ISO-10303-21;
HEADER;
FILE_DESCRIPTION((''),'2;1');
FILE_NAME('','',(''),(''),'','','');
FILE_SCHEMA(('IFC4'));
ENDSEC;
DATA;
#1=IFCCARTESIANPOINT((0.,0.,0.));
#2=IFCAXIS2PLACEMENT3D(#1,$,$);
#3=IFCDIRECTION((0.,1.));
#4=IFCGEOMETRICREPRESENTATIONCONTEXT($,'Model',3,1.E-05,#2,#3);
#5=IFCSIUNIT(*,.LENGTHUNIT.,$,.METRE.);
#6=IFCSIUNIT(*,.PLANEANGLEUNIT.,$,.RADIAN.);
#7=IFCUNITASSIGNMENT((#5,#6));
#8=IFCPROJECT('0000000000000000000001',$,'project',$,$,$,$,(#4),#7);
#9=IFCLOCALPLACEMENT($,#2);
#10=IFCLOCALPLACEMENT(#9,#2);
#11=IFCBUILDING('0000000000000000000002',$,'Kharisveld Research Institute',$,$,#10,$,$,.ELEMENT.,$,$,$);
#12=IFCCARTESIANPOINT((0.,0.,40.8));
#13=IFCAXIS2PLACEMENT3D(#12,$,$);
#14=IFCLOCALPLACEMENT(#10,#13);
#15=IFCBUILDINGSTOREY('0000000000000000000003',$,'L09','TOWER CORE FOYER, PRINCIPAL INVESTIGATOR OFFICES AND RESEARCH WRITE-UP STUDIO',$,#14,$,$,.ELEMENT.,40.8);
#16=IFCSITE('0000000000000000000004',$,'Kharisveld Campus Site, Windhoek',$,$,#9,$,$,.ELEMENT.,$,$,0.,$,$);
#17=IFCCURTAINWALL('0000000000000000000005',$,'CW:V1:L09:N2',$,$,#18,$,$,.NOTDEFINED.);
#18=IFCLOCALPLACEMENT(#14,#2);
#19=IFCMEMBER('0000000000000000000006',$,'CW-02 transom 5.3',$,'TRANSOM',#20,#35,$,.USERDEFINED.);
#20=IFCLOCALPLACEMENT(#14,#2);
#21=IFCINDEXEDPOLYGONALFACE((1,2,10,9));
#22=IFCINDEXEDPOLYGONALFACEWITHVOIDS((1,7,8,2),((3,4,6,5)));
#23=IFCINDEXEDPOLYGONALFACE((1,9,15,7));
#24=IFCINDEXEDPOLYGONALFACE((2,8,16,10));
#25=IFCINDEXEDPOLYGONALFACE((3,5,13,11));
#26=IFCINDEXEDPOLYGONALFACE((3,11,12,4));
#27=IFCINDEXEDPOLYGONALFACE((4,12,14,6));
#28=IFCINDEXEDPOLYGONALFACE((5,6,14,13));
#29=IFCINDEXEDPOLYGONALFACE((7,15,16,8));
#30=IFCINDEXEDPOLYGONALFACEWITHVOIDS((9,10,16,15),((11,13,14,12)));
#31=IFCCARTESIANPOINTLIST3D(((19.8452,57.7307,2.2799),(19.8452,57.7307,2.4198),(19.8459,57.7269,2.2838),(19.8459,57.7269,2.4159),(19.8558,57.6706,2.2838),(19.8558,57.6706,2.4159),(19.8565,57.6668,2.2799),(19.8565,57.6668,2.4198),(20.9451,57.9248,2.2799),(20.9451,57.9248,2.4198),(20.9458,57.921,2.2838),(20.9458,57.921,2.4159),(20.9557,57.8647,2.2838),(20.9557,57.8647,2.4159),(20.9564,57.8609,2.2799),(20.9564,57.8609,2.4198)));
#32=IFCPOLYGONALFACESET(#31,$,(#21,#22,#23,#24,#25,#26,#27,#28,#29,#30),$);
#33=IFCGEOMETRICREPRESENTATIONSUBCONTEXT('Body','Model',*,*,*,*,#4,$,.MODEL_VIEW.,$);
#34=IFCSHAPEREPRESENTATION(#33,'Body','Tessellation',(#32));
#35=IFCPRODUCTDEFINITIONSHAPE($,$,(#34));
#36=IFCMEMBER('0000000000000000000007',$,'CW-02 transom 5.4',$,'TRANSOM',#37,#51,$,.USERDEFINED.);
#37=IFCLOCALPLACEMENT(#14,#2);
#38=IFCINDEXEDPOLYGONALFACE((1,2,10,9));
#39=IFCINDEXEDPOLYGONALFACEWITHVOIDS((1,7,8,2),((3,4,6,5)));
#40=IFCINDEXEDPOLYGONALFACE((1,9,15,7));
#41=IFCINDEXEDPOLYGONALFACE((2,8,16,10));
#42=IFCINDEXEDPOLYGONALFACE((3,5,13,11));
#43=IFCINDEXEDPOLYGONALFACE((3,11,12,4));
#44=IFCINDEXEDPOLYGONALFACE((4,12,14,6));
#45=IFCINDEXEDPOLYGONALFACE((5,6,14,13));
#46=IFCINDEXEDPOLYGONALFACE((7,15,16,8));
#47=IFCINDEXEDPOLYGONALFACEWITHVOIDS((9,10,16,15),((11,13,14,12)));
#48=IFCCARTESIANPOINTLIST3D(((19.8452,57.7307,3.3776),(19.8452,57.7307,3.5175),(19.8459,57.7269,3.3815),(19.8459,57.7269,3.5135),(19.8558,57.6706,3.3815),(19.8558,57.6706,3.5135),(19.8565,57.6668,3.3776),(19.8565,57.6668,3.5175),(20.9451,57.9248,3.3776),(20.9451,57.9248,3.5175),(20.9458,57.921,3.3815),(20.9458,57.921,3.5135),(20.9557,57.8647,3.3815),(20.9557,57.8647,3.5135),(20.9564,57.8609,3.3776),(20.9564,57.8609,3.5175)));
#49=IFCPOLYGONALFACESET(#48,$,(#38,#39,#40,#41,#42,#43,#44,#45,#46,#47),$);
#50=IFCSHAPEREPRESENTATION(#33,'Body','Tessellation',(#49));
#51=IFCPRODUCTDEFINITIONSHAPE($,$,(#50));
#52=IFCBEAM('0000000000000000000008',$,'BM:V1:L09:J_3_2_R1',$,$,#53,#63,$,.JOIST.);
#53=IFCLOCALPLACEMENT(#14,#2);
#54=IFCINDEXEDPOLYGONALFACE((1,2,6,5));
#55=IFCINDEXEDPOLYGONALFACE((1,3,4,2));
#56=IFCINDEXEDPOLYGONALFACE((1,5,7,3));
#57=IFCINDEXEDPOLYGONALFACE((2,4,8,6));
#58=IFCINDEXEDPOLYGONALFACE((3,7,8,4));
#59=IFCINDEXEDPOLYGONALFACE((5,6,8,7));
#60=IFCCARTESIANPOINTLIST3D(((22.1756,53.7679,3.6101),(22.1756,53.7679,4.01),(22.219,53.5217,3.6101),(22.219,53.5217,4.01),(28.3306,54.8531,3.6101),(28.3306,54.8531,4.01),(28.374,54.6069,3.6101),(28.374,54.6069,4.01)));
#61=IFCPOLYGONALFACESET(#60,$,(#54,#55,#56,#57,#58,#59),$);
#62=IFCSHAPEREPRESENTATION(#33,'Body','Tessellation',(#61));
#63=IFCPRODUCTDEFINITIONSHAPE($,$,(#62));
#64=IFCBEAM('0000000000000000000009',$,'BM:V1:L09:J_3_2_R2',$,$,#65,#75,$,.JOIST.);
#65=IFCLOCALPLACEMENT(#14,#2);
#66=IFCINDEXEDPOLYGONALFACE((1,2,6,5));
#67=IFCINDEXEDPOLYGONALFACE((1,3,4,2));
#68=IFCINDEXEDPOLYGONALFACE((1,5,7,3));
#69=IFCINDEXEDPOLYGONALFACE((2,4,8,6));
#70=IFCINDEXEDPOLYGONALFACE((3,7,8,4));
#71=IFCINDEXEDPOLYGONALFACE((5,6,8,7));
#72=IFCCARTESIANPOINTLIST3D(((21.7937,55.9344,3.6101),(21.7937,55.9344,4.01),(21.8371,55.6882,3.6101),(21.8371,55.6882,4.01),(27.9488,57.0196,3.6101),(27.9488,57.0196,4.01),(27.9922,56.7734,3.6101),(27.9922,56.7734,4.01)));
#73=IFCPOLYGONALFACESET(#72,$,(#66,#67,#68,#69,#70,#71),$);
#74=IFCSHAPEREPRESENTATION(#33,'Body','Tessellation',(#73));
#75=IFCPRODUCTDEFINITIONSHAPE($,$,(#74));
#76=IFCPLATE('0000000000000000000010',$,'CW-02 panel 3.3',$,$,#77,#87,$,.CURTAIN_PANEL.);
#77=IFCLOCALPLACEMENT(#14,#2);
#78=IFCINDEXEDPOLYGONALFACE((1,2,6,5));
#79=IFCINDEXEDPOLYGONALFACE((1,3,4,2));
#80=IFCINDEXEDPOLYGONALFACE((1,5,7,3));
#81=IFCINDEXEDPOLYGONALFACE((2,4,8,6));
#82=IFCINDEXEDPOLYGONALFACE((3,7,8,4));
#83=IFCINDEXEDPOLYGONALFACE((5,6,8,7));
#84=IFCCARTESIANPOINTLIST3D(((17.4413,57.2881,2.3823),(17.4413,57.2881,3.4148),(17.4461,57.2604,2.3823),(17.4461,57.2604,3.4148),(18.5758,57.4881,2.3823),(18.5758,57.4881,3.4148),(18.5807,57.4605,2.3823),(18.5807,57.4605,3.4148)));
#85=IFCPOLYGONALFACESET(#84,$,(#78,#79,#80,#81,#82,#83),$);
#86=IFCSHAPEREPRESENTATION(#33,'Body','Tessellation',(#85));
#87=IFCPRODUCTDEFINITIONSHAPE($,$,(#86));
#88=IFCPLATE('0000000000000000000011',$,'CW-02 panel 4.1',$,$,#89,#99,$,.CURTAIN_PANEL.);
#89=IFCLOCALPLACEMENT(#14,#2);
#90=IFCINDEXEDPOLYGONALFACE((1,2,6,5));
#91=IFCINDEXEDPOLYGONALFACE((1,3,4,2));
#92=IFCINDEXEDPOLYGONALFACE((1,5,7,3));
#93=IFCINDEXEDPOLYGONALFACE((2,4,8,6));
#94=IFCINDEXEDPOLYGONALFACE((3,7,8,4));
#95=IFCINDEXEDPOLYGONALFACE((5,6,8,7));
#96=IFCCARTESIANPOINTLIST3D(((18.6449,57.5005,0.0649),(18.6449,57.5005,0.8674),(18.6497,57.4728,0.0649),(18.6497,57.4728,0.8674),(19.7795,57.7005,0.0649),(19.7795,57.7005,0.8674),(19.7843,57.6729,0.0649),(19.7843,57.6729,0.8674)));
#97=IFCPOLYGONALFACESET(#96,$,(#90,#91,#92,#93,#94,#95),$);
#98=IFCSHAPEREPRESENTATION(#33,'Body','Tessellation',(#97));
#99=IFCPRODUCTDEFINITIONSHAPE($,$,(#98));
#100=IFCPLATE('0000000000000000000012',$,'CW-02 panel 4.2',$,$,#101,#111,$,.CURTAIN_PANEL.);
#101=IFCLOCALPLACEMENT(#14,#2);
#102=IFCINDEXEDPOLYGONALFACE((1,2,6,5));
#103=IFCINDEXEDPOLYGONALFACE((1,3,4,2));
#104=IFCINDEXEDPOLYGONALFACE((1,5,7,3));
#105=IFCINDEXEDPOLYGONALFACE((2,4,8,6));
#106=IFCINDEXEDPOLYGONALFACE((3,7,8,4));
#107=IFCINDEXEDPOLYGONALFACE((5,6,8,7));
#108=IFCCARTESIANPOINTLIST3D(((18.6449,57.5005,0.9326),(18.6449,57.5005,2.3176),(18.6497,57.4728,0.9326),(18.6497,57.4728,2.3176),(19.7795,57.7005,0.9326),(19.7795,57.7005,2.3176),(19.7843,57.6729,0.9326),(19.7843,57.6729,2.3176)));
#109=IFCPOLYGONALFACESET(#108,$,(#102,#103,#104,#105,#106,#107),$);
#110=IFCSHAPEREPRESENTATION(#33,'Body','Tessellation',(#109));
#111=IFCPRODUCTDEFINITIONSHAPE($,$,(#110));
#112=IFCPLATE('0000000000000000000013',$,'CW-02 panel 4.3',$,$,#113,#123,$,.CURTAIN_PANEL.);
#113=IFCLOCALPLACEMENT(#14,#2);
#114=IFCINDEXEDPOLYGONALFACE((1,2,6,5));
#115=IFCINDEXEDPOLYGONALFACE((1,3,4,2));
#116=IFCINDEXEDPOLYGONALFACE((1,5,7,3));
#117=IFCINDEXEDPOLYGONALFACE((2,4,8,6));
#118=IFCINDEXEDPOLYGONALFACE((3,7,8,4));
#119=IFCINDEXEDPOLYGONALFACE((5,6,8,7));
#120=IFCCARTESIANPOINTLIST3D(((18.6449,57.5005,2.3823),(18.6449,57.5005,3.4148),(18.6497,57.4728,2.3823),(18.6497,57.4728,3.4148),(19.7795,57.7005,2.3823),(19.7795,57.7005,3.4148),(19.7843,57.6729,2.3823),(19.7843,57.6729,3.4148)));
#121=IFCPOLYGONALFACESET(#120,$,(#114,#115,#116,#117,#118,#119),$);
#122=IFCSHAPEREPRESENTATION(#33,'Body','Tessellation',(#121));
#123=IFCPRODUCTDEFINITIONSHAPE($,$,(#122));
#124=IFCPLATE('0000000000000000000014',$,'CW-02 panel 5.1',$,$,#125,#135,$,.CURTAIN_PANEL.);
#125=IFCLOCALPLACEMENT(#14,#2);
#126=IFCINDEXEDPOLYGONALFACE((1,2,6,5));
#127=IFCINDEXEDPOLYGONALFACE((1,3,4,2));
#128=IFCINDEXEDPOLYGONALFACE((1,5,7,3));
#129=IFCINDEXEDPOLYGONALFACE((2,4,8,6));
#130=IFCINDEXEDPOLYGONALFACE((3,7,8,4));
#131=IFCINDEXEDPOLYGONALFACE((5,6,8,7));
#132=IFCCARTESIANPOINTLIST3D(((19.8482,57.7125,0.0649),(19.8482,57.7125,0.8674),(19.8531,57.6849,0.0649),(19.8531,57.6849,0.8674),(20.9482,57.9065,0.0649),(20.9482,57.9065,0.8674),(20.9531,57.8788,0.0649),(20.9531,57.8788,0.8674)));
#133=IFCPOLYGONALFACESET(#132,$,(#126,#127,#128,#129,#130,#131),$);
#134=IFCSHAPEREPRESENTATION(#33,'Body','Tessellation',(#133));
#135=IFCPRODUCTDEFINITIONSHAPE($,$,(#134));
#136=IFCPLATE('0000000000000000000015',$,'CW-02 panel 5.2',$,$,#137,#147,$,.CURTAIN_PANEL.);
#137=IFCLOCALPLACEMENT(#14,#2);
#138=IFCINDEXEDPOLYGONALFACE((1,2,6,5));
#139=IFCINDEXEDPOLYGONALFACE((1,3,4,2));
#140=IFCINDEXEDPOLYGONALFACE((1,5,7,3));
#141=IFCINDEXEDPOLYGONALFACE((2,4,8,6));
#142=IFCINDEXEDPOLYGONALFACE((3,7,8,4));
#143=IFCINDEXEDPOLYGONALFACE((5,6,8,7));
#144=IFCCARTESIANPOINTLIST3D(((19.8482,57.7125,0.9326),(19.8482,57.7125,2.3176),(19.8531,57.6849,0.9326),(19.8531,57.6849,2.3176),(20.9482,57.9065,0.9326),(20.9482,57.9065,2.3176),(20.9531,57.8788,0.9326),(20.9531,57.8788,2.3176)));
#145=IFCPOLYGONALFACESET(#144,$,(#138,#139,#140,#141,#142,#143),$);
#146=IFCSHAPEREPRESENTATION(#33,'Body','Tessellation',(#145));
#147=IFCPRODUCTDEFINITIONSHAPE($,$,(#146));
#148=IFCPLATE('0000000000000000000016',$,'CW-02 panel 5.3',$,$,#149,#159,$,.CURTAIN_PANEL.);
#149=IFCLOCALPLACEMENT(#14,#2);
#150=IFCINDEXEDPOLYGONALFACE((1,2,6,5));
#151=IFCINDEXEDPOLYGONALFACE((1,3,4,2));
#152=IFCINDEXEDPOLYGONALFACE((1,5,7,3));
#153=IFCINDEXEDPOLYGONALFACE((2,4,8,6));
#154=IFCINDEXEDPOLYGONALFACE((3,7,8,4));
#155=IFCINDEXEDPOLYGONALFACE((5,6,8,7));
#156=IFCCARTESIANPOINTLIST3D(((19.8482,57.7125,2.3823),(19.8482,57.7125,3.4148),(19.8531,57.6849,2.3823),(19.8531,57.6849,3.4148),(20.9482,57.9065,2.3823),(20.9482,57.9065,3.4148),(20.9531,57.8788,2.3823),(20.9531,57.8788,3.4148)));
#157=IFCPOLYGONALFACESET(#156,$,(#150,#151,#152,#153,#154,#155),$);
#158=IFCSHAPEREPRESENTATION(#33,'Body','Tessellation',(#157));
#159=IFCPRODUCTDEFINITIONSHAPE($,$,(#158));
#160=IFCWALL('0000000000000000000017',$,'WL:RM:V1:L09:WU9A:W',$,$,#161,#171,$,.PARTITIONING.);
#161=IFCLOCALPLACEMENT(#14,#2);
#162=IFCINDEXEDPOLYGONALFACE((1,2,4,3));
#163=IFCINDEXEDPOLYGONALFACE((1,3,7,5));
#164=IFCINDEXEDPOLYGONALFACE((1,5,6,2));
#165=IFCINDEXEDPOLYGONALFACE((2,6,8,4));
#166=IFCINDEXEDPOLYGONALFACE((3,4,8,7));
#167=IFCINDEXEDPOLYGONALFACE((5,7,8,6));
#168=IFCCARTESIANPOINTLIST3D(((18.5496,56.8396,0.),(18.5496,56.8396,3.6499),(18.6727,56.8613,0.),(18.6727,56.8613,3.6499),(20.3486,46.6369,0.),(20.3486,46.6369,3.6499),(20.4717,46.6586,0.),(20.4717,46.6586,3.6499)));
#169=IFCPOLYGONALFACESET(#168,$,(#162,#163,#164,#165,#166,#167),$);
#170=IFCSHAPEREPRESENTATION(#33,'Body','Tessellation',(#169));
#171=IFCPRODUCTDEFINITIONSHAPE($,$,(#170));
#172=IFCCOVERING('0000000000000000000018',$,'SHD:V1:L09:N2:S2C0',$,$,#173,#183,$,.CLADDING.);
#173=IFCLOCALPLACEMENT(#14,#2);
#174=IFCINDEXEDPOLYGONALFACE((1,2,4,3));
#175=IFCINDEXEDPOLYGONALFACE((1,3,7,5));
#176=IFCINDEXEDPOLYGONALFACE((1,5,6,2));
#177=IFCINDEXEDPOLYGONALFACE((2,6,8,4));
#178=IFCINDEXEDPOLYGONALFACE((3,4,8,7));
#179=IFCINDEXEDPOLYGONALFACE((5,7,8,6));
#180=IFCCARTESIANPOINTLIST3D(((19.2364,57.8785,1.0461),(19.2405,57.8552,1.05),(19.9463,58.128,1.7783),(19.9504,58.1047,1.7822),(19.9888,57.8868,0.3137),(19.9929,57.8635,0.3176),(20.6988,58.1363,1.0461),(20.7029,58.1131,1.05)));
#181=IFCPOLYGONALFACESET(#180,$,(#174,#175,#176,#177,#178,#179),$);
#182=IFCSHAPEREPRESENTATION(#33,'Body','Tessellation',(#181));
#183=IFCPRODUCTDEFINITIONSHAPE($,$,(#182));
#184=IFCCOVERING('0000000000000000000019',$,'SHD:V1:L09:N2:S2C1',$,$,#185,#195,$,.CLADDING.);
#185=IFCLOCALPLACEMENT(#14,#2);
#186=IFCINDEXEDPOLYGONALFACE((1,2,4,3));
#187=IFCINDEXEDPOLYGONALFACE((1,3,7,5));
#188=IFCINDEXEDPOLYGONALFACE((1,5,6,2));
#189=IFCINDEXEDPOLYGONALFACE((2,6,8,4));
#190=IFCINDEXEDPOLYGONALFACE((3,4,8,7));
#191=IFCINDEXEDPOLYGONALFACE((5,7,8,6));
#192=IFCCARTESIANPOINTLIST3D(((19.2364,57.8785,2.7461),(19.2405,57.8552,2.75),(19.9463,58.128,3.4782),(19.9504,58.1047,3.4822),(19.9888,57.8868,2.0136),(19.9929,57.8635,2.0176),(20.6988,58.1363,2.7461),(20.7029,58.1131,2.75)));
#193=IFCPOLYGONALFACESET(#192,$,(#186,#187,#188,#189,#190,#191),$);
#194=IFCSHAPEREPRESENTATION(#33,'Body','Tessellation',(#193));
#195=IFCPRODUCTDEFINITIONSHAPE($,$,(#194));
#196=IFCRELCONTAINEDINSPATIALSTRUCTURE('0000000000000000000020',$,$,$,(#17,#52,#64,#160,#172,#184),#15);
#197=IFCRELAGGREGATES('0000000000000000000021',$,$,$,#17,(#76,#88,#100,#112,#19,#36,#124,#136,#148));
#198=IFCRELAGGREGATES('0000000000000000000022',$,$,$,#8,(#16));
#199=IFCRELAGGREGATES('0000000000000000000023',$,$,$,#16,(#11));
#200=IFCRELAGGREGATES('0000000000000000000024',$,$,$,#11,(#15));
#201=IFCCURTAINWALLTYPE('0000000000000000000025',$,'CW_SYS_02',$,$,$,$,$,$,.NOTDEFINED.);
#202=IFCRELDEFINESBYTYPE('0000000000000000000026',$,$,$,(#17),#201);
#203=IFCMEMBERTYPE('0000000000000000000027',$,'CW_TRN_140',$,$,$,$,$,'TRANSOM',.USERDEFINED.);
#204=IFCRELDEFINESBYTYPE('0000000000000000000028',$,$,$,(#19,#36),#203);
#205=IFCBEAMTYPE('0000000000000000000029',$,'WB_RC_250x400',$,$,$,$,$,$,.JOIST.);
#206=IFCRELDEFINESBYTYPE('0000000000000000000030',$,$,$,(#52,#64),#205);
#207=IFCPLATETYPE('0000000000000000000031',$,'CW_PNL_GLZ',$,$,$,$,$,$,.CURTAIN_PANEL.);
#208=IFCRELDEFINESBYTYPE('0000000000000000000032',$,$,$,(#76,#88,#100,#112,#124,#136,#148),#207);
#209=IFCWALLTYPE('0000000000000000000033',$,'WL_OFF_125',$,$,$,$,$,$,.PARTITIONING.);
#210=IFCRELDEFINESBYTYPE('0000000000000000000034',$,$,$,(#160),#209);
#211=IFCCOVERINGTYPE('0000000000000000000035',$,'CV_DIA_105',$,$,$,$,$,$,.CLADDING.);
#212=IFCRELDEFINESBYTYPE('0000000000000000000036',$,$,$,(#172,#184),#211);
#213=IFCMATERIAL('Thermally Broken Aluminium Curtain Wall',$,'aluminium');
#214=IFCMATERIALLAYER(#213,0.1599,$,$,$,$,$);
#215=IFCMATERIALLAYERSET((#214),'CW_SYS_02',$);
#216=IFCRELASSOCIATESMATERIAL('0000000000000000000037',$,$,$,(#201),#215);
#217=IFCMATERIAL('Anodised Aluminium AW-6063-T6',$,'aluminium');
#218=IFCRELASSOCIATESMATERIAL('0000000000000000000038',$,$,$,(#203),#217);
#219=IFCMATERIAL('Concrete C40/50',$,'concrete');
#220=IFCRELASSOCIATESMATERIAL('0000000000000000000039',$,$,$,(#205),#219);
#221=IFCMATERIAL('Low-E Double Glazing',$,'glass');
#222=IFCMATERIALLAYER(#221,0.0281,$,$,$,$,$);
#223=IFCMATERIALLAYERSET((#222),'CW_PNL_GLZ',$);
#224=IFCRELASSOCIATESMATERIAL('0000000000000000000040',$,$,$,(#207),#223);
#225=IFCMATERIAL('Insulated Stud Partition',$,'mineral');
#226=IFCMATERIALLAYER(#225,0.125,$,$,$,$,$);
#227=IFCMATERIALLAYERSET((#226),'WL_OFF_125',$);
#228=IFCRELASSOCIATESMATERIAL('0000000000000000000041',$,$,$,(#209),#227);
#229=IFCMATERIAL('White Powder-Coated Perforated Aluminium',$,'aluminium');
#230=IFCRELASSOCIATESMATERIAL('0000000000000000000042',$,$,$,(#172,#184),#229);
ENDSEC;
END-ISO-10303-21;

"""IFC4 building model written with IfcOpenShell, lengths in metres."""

from ifc_helpers import new_model, si_unit, direction, frame, frame_2d, origin, origin_2d, place, context, subcontext, project, spatial, polyline, rectangle, hollow_rectangle, outline, extrude, material, layer, layer_set, material_profile, profile_set, type_object, element, aggregate, save


model = new_model("IFC4")

# Units and contexts
model_context = context("Model", 3, precision=1e-05, world=origin(), true_north=direction((0.0, 1.0)))
body_context = subcontext(model_context, "Body", "Model", "MODEL_VIEW")
ifc_project = project(units=[si_unit("LENGTHUNIT", "METRE"), si_unit("PLANEANGLEUNIT", "RADIAN")], contexts=[model_context])

# Site, building, storey
site_placement = place(None, origin())
site = spatial("IfcSite", under=ifc_project, at=site_placement, Name="Kharisveld Campus Site, Windhoek", CompositionType="ELEMENT", RefElevation=0.0)
building_placement = place(site_placement, origin())
building = spatial("IfcBuilding", under=site, at=building_placement, Name="Kharisveld Research Institute", CompositionType="ELEMENT")
storey_placement = place(building_placement, frame((0.0, 0.0, 40.8)))
storey = spatial("IfcBuildingStorey", under=building, at=storey_placement, Name="L09", Description="TOWER CORE FOYER, PRINCIPAL INVESTIGATOR OFFICES AND RESEARCH WRITE-UP STUDIO", CompositionType="ELEMENT", Elevation=40.8)

# Curtain wall, members
ifc_material_1 = material(Name="Thermally Broken Aluminium Curtain Wall", Category="aluminium")
ifc_layer_1 = layer(ifc_material_1, 0.1599)
ifc_layer_set_1 = layer_set([ifc_layer_1], Name="CW_SYS_02")
curtain_wall_type = type_object("IfcCurtainWallType", Name="CW_SYS_02", PredefinedType="NOTDEFINED", material=ifc_layer_set_1)
curtain_wall_placement = place(storey_placement, origin())
curtain_wall = element("IfcCurtainWall", 1, at=curtain_wall_placement, inside=storey, type_object=curtain_wall_type, Name="CW:V1:L09:N2", PredefinedType="NOTDEFINED")
ifc_material_2 = material(Name="Anodised Aluminium AW-6063-T6", Category="aluminium")
ifc_material_profile_1 = material_profile(ifc_material_2, hollow_rectangle(XDim=0.0649, YDim=0.1399, WallThickness=0.0039, at=origin_2d()))
ifc_profile_set_1 = profile_set([ifc_material_profile_1], Name="Anodised Aluminium AW-6063-T6")
member_type_1 = type_object("IfcMemberType", Name="CW_TRN_140", ElementType="TRANSOM", PredefinedType="USERDEFINED", material=ifc_profile_set_1)
member_1_placement = place(storey_placement, frame((19.8508, 57.6987, 2.3499), z_axis=(0.984784, 0.173785, 0.0), x_axis=(-0.173785, 0.984784, 0.0)))
member_1 = element("IfcMember", 2, at=member_1_placement, type_object=member_type_1, Name="CW-02 transom 5.3", ObjectType="TRANSOM", PredefinedType="USERDEFINED", context=body_context, shape_type="SweptSolid", body=[
    extrude(hollow_rectangle(XDim=0.0649, YDim=0.1399, WallThickness=0.0039, at=origin_2d()), origin(), (0.0, 0.0, 1.0), 1.1169),
])
member_2_placement = place(storey_placement, frame((19.8508, 57.6987, 3.4475), z_axis=(0.984784, 0.173785, 0.0), x_axis=(-0.173785, 0.984784, 0.0)))
member_2 = element("IfcMember", 3, at=member_2_placement, type_object=member_type_1, Name="CW-02 transom 5.4", ObjectType="TRANSOM", PredefinedType="USERDEFINED", context=body_context, shape_type="SweptSolid", body=[
    extrude(hollow_rectangle(XDim=0.0649, YDim=0.1399, WallThickness=0.0039, at=origin_2d()), origin(), (0.0, 0.0, 1.0), 1.1169),
])

# Beams
ifc_material_3 = material(Name="Concrete C40/50", Category="concrete")
ifc_material_profile_2 = material_profile(ifc_material_3, rectangle(XDim=0.25, YDim=0.3999, at=origin_2d()))
ifc_profile_set_2 = profile_set([ifc_material_profile_2], Name="Concrete C40/50")
beam_type_1 = type_object("IfcBeamType", Name="WB_RC_250x400", PredefinedType="JOIST", material=ifc_profile_set_2)
for number, where, z_axis, x_axis, name in (
    (4, (22.1973, 53.6448, 3.8101), (0.98481, 0.173634, 0.0), (-0.173634, 0.98481, 0.0), "BM:V1:L09:J_3_2_R1"),
    (5, (21.8154, 55.8113, 3.8101), (0.98481, 0.173634, 0.0), (-0.173634, 0.98481, 0.0), "BM:V1:L09:J_3_2_R2"),
):
    element("IfcBeam", number, at=place(storey_placement, frame(where, z_axis=z_axis, x_axis=x_axis)), inside=storey, type_object=beam_type_1, Name=name, PredefinedType="JOIST", context=body_context, shape_type="SweptSolid", body=[
        extrude(rectangle(XDim=0.25, YDim=0.3999, at=origin_2d()), origin(), (0.0, 0.0, 1.0), 6.25),
    ])

# Plates
ifc_material_4 = material(Name="Low-E Double Glazing", Category="glass")
ifc_layer_2 = layer(ifc_material_4, 0.0281)
ifc_layer_set_2 = layer_set([ifc_layer_2], Name="CW_PNL_GLZ")
plate_type = type_object("IfcPlateType", Name="CW_PNL_GLZ", PredefinedType="CURTAIN_PANEL", material=ifc_layer_set_2)
plate_1_placement = place(storey_placement, frame((18.011, 57.3743, 2.3823), z_axis=(0.0, 0.0, 1.0), x_axis=(0.984808, 0.173648, 0.0)))
plate_1 = element("IfcPlate", 6, at=plate_1_placement, type_object=plate_type, Name="CW-02 panel 3.3", PredefinedType="CURTAIN_PANEL", context=body_context, shape_type="SweptSolid", body=[
    extrude(rectangle(XDim=1.1521, YDim=0.0281, at=origin_2d()), origin(), (0.0, 0.0, 1.0), 1.0325),
])
plate_2_placement = place(storey_placement, frame((19.2146, 57.5867, 0.0649), z_axis=(0.0, 0.0, 1.0), x_axis=(0.984808, 0.173648, 0.0)))
plate_2 = element("IfcPlate", 7, at=plate_2_placement, type_object=plate_type, Name="CW-02 panel 4.1", PredefinedType="CURTAIN_PANEL", context=body_context, shape_type="SweptSolid", body=[
    extrude(rectangle(XDim=1.1521, YDim=0.0281, at=origin_2d()), origin(), (0.0, 0.0, 1.0), 0.8025),
])
plate_3_placement = place(storey_placement, frame((19.2146, 57.5867, 0.9326), z_axis=(0.0, 0.0, 1.0), x_axis=(0.984808, 0.173648, 0.0)))
plate_3 = element("IfcPlate", 8, at=plate_3_placement, type_object=plate_type, Name="CW-02 panel 4.2", PredefinedType="CURTAIN_PANEL", context=body_context, shape_type="SweptSolid", body=[
    extrude(rectangle(XDim=1.1521, YDim=0.0281, at=origin_2d()), origin(), (0.0, 0.0, 1.0), 1.385),
])
plate_4_placement = place(storey_placement, frame((19.2146, 57.5867, 2.3823), z_axis=(0.0, 0.0, 1.0), x_axis=(0.984808, 0.173648, 0.0)))
plate_4 = element("IfcPlate", 9, at=plate_4_placement, type_object=plate_type, Name="CW-02 panel 4.3", PredefinedType="CURTAIN_PANEL", context=body_context, shape_type="SweptSolid", body=[
    extrude(rectangle(XDim=1.1521, YDim=0.0281, at=origin_2d()), origin(), (0.0, 0.0, 1.0), 1.0325),
])
plate_5_placement = place(storey_placement, frame((20.4006, 57.7957, 0.0649), z_axis=(0.0, 0.0, 1.0), x_axis=(0.984808, 0.173648, 0.0)))
plate_5 = element("IfcPlate", 10, at=plate_5_placement, type_object=plate_type, Name="CW-02 panel 5.1", PredefinedType="CURTAIN_PANEL", context=body_context, shape_type="SweptSolid", body=[
    extrude(rectangle(XDim=1.1169, YDim=0.0281, at=origin_2d()), origin(), (0.0, 0.0, 1.0), 0.8025),
])
plate_6_placement = place(storey_placement, frame((20.4006, 57.7957, 0.9326), z_axis=(0.0, 0.0, 1.0), x_axis=(0.984808, 0.173648, 0.0)))
plate_6 = element("IfcPlate", 11, at=plate_6_placement, type_object=plate_type, Name="CW-02 panel 5.2", PredefinedType="CURTAIN_PANEL", context=body_context, shape_type="SweptSolid", body=[
    extrude(rectangle(XDim=1.1169, YDim=0.0281, at=origin_2d()), origin(), (0.0, 0.0, 1.0), 1.385),
])
plate_7_placement = place(storey_placement, frame((20.4006, 57.7957, 2.3823), z_axis=(0.0, 0.0, 1.0), x_axis=(0.984808, 0.173648, 0.0)))
plate_7 = element("IfcPlate", 12, at=plate_7_placement, type_object=plate_type, Name="CW-02 panel 5.3", PredefinedType="CURTAIN_PANEL", context=body_context, shape_type="SweptSolid", body=[
    extrude(rectangle(XDim=1.1169, YDim=0.0281, at=origin_2d()), origin(), (0.0, 0.0, 1.0), 1.0325),
])
aggregate(curtain_wall, [plate_1, plate_2, plate_3, plate_4, member_1, member_2, plate_5, plate_6, plate_7])

# Wall
ifc_material_5 = material(Name="Insulated Stud Partition", Category="mineral")
ifc_layer_3 = layer(ifc_material_5, 0.125)
ifc_layer_set_3 = layer_set([ifc_layer_3], Name="WL_OFF_125")
wall_type = type_object("IfcWallType", Name="WL_OFF_125", PredefinedType="PARTITIONING", material=ifc_layer_set_3)
wall_placement = place(storey_placement, frame((18.6111, 56.8506, 0.0), z_axis=(0.0, 0.0, 1.0), x_axis=(0.173655, -0.984807, 0.0)))
element("IfcWall", 13, at=wall_placement, inside=storey, type_object=wall_type, Name="WL:RM:V1:L09:WU9A:W", PredefinedType="PARTITIONING", context=body_context, shape_type="SweptSolid", body=[
    extrude(rectangle(XDim=10.3601, YDim=0.125, at=frame_2d((5.1802, 0.0))), origin(), (0.0, 0.0, 1.0), 3.6499),
])

# Coverings
ifc_material_6 = material(Name="White Powder-Coated Perforated Aluminium", Category="aluminium")
covering_type = type_object("IfcCoveringType", Name="CV_DIA_105", PredefinedType="CLADDING")
for number, where, z_axis, x_axis, name in (
    (14, (19.9929, 57.8635, 0.3176), (0.171239, -0.971325, 0.164938), (0.676076, 0.237623, 0.697465), "SHD:V1:L09:N2:S2C0"),
    (15, (19.9929, 57.8635, 2.0176), (0.171239, -0.971325, 0.164938), (0.676076, 0.237623, 0.697465), "SHD:V1:L09:N2:S2C1"),
):
    element("IfcCovering", number, at=place(storey_placement, frame(where, z_axis=z_axis, x_axis=x_axis)), inside=storey, type_object=covering_type, material=ifc_material_6, Name=name, PredefinedType="CLADDING", context=body_context, shape_type="SweptSolid", body=[
        extrude(outline(polyline([(0.0, 0.0), (1.0501, 0.0), (1.0501, 1.0499), (0.0002, 1.0501), (0.0, 0.0)])), origin(), (0.0, 0.0, -1.0), 0.0239),
    ])

save(model, "model.ifc")
